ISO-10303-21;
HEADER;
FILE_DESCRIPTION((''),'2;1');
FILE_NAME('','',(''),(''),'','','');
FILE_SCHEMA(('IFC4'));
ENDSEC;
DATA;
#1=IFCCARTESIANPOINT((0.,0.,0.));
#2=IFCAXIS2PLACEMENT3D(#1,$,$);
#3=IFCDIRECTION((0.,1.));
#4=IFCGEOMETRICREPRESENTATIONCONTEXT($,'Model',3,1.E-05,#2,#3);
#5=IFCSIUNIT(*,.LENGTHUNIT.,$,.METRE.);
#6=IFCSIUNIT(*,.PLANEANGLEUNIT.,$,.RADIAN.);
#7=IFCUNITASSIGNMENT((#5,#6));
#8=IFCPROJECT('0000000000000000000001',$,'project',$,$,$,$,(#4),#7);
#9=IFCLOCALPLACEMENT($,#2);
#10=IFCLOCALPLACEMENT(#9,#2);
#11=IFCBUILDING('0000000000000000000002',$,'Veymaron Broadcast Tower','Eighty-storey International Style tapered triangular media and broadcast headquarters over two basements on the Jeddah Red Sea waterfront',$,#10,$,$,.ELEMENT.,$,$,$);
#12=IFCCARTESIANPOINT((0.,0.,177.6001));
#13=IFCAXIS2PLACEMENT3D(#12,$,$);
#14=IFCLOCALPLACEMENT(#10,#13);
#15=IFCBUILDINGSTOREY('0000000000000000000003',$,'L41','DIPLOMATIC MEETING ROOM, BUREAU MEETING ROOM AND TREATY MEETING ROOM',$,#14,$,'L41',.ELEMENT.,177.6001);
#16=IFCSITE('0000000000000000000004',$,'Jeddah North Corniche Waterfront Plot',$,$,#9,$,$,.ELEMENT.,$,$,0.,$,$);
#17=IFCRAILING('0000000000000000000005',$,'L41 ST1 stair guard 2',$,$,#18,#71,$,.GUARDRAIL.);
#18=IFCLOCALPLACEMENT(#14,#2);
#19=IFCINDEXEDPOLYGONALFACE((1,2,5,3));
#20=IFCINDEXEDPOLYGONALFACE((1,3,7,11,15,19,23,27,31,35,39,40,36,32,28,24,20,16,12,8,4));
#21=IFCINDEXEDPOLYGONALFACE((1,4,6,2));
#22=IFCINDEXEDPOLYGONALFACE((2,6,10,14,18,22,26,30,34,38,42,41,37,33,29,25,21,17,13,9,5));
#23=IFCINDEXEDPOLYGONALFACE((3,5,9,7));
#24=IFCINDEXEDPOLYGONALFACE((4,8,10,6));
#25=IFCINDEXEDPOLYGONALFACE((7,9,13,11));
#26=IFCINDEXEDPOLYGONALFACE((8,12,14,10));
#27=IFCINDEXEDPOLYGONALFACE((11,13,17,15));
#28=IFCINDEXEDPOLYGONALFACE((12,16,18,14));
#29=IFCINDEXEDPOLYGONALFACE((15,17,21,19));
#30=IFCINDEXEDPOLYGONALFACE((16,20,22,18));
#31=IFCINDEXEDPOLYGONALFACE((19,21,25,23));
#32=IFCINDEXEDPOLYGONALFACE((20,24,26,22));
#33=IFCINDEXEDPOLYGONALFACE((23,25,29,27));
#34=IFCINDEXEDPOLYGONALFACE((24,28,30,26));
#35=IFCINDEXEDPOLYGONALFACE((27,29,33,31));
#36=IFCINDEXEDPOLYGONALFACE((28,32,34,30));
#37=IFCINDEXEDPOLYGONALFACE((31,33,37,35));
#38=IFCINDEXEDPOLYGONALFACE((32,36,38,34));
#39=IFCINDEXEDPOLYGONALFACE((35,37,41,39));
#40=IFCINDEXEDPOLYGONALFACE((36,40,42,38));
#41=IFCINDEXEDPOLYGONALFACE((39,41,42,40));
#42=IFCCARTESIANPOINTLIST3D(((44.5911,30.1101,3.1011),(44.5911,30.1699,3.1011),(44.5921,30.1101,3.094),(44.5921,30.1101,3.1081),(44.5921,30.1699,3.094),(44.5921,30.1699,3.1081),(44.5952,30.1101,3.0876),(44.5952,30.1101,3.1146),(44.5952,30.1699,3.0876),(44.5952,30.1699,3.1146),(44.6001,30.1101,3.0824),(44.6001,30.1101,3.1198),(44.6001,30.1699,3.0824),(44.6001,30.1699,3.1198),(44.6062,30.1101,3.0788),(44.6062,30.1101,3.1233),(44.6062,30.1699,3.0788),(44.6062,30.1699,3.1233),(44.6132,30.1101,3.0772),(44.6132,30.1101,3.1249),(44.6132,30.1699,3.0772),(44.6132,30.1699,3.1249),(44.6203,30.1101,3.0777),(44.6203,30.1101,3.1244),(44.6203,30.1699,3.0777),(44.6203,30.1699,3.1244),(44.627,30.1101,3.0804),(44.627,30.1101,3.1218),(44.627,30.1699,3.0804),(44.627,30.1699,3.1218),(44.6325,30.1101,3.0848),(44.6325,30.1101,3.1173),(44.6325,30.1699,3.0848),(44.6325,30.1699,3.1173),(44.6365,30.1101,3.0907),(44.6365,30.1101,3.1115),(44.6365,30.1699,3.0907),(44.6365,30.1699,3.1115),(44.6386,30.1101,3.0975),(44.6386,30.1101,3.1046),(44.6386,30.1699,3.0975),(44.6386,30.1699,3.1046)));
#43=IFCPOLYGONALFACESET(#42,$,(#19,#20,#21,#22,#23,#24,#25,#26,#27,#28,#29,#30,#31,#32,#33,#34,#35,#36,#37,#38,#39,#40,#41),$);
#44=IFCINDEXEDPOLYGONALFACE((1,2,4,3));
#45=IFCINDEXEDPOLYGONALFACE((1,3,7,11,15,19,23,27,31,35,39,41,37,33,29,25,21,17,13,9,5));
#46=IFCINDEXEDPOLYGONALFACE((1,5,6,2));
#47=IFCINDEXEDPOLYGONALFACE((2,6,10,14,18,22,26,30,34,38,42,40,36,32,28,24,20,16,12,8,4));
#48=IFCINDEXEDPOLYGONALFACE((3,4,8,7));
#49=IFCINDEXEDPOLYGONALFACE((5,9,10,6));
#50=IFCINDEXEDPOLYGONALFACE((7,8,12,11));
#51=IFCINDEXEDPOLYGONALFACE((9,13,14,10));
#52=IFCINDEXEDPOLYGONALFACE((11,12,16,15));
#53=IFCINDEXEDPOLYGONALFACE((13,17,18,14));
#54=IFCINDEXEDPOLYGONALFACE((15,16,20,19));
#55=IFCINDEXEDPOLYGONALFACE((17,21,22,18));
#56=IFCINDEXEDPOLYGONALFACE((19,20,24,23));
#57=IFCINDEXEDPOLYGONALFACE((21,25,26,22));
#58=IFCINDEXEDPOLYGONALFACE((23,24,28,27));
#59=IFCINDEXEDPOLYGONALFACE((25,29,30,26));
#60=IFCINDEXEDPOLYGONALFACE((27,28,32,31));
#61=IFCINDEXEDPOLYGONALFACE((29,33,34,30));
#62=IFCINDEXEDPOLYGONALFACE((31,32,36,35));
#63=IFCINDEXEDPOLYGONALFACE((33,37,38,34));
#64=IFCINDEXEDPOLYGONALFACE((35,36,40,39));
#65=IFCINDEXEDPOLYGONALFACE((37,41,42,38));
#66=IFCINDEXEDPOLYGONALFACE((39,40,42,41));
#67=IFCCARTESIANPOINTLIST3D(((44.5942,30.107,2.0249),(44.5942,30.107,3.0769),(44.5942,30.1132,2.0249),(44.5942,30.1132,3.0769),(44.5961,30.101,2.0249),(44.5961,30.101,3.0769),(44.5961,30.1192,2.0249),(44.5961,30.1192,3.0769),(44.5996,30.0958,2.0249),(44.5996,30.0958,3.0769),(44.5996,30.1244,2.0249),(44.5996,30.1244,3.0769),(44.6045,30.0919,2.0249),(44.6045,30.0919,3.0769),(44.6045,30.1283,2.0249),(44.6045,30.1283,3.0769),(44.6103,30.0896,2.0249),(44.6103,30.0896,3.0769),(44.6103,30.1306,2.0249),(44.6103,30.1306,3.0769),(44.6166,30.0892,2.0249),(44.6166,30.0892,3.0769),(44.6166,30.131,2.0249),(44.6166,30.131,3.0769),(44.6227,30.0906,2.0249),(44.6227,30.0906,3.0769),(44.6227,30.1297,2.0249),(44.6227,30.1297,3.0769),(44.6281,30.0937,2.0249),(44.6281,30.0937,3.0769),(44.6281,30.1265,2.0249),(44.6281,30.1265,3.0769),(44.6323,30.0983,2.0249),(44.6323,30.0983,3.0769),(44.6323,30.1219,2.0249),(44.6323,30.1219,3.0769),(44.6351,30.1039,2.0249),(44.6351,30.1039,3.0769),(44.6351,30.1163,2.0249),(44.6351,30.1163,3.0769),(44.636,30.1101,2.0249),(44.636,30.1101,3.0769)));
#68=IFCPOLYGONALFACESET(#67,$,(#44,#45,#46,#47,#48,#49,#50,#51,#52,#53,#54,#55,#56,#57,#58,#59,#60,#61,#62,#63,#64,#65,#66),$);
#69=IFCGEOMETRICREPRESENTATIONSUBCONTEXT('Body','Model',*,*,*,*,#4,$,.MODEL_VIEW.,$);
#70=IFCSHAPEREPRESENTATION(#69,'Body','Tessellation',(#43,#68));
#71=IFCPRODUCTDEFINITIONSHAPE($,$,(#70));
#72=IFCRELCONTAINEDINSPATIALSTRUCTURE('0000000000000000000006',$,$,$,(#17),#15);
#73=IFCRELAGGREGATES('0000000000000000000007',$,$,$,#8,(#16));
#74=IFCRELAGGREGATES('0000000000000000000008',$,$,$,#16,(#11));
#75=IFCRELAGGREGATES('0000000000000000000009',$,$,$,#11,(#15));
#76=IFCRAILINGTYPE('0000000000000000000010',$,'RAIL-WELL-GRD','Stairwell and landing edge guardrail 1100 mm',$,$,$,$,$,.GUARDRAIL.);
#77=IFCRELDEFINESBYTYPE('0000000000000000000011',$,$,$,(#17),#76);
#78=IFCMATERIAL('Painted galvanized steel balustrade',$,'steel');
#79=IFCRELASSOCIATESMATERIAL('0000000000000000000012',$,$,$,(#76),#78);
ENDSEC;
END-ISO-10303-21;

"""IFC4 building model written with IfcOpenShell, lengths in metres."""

from ifc_helpers import new_model, si_unit, direction, frame, origin, origin_2d, place, context, subcontext, project, spatial, circle, extrude, material, type_object, element, save


model = new_model("IFC4")

# Units and contexts
model_context = context("Model", 3, precision=1e-05, world=origin(), true_north=direction((0.0, 1.0)))
body_context = subcontext(model_context, "Body", "Model", "MODEL_VIEW")
ifc_project = project(units=[si_unit("LENGTHUNIT", "METRE"), si_unit("PLANEANGLEUNIT", "RADIAN")], contexts=[model_context])

# Site, building, storey
site_placement = place(None, origin())
site = spatial("IfcSite", under=ifc_project, at=site_placement, Name="Jeddah North Corniche Waterfront Plot", CompositionType="ELEMENT", RefElevation=0.0)
building_placement = place(site_placement, origin())
building = spatial("IfcBuilding", under=site, at=building_placement, Name="Veymaron Broadcast Tower", Description="Eighty-storey International Style tapered triangular media and broadcast headquarters over two basements on the Jeddah Red Sea waterfront", CompositionType="ELEMENT")
storey_placement = place(building_placement, frame((0.0, 0.0, 177.6001)))
storey = spatial("IfcBuildingStorey", under=building, at=storey_placement, Name="L41", Description="DIPLOMATIC MEETING ROOM, BUREAU MEETING ROOM AND TREATY MEETING ROOM", LongName="L41", CompositionType="ELEMENT", Elevation=177.6001)

# Railing
ifc_material_1 = material(Name="Painted galvanized steel balustrade", Category="steel")
railing_type_1 = type_object("IfcRailingType", Name="RAIL-WELL-GRD", Description="Stairwell and landing edge guardrail 1100 mm", PredefinedType="GUARDRAIL", material=ifc_material_1)
railing_1_placement = place(storey_placement, frame((44.615, 30.1101, 2.0249)))
element("IfcRailing", 1, at=railing_1_placement, inside=storey, type_object=railing_type_1, Name="L41 ST1 stair guard 2", PredefinedType="GUARDRAIL", context=body_context, shape_type="SweptSolid", body=[
    extrude(circle(Radius=0.0239, at=origin_2d()), frame((0.0, 0.0, 1.0762), z_axis=(0.0, 1.0, 0.0), x_axis=(-1.0, 0.0, 0.0)), (0.0, 0.0, 1.0), 0.0598),
    extrude(circle(Radius=0.021, at=origin_2d()), origin(), (0.0, 0.0, 1.0), 1.052),
])

save(model, "model.ifc")
